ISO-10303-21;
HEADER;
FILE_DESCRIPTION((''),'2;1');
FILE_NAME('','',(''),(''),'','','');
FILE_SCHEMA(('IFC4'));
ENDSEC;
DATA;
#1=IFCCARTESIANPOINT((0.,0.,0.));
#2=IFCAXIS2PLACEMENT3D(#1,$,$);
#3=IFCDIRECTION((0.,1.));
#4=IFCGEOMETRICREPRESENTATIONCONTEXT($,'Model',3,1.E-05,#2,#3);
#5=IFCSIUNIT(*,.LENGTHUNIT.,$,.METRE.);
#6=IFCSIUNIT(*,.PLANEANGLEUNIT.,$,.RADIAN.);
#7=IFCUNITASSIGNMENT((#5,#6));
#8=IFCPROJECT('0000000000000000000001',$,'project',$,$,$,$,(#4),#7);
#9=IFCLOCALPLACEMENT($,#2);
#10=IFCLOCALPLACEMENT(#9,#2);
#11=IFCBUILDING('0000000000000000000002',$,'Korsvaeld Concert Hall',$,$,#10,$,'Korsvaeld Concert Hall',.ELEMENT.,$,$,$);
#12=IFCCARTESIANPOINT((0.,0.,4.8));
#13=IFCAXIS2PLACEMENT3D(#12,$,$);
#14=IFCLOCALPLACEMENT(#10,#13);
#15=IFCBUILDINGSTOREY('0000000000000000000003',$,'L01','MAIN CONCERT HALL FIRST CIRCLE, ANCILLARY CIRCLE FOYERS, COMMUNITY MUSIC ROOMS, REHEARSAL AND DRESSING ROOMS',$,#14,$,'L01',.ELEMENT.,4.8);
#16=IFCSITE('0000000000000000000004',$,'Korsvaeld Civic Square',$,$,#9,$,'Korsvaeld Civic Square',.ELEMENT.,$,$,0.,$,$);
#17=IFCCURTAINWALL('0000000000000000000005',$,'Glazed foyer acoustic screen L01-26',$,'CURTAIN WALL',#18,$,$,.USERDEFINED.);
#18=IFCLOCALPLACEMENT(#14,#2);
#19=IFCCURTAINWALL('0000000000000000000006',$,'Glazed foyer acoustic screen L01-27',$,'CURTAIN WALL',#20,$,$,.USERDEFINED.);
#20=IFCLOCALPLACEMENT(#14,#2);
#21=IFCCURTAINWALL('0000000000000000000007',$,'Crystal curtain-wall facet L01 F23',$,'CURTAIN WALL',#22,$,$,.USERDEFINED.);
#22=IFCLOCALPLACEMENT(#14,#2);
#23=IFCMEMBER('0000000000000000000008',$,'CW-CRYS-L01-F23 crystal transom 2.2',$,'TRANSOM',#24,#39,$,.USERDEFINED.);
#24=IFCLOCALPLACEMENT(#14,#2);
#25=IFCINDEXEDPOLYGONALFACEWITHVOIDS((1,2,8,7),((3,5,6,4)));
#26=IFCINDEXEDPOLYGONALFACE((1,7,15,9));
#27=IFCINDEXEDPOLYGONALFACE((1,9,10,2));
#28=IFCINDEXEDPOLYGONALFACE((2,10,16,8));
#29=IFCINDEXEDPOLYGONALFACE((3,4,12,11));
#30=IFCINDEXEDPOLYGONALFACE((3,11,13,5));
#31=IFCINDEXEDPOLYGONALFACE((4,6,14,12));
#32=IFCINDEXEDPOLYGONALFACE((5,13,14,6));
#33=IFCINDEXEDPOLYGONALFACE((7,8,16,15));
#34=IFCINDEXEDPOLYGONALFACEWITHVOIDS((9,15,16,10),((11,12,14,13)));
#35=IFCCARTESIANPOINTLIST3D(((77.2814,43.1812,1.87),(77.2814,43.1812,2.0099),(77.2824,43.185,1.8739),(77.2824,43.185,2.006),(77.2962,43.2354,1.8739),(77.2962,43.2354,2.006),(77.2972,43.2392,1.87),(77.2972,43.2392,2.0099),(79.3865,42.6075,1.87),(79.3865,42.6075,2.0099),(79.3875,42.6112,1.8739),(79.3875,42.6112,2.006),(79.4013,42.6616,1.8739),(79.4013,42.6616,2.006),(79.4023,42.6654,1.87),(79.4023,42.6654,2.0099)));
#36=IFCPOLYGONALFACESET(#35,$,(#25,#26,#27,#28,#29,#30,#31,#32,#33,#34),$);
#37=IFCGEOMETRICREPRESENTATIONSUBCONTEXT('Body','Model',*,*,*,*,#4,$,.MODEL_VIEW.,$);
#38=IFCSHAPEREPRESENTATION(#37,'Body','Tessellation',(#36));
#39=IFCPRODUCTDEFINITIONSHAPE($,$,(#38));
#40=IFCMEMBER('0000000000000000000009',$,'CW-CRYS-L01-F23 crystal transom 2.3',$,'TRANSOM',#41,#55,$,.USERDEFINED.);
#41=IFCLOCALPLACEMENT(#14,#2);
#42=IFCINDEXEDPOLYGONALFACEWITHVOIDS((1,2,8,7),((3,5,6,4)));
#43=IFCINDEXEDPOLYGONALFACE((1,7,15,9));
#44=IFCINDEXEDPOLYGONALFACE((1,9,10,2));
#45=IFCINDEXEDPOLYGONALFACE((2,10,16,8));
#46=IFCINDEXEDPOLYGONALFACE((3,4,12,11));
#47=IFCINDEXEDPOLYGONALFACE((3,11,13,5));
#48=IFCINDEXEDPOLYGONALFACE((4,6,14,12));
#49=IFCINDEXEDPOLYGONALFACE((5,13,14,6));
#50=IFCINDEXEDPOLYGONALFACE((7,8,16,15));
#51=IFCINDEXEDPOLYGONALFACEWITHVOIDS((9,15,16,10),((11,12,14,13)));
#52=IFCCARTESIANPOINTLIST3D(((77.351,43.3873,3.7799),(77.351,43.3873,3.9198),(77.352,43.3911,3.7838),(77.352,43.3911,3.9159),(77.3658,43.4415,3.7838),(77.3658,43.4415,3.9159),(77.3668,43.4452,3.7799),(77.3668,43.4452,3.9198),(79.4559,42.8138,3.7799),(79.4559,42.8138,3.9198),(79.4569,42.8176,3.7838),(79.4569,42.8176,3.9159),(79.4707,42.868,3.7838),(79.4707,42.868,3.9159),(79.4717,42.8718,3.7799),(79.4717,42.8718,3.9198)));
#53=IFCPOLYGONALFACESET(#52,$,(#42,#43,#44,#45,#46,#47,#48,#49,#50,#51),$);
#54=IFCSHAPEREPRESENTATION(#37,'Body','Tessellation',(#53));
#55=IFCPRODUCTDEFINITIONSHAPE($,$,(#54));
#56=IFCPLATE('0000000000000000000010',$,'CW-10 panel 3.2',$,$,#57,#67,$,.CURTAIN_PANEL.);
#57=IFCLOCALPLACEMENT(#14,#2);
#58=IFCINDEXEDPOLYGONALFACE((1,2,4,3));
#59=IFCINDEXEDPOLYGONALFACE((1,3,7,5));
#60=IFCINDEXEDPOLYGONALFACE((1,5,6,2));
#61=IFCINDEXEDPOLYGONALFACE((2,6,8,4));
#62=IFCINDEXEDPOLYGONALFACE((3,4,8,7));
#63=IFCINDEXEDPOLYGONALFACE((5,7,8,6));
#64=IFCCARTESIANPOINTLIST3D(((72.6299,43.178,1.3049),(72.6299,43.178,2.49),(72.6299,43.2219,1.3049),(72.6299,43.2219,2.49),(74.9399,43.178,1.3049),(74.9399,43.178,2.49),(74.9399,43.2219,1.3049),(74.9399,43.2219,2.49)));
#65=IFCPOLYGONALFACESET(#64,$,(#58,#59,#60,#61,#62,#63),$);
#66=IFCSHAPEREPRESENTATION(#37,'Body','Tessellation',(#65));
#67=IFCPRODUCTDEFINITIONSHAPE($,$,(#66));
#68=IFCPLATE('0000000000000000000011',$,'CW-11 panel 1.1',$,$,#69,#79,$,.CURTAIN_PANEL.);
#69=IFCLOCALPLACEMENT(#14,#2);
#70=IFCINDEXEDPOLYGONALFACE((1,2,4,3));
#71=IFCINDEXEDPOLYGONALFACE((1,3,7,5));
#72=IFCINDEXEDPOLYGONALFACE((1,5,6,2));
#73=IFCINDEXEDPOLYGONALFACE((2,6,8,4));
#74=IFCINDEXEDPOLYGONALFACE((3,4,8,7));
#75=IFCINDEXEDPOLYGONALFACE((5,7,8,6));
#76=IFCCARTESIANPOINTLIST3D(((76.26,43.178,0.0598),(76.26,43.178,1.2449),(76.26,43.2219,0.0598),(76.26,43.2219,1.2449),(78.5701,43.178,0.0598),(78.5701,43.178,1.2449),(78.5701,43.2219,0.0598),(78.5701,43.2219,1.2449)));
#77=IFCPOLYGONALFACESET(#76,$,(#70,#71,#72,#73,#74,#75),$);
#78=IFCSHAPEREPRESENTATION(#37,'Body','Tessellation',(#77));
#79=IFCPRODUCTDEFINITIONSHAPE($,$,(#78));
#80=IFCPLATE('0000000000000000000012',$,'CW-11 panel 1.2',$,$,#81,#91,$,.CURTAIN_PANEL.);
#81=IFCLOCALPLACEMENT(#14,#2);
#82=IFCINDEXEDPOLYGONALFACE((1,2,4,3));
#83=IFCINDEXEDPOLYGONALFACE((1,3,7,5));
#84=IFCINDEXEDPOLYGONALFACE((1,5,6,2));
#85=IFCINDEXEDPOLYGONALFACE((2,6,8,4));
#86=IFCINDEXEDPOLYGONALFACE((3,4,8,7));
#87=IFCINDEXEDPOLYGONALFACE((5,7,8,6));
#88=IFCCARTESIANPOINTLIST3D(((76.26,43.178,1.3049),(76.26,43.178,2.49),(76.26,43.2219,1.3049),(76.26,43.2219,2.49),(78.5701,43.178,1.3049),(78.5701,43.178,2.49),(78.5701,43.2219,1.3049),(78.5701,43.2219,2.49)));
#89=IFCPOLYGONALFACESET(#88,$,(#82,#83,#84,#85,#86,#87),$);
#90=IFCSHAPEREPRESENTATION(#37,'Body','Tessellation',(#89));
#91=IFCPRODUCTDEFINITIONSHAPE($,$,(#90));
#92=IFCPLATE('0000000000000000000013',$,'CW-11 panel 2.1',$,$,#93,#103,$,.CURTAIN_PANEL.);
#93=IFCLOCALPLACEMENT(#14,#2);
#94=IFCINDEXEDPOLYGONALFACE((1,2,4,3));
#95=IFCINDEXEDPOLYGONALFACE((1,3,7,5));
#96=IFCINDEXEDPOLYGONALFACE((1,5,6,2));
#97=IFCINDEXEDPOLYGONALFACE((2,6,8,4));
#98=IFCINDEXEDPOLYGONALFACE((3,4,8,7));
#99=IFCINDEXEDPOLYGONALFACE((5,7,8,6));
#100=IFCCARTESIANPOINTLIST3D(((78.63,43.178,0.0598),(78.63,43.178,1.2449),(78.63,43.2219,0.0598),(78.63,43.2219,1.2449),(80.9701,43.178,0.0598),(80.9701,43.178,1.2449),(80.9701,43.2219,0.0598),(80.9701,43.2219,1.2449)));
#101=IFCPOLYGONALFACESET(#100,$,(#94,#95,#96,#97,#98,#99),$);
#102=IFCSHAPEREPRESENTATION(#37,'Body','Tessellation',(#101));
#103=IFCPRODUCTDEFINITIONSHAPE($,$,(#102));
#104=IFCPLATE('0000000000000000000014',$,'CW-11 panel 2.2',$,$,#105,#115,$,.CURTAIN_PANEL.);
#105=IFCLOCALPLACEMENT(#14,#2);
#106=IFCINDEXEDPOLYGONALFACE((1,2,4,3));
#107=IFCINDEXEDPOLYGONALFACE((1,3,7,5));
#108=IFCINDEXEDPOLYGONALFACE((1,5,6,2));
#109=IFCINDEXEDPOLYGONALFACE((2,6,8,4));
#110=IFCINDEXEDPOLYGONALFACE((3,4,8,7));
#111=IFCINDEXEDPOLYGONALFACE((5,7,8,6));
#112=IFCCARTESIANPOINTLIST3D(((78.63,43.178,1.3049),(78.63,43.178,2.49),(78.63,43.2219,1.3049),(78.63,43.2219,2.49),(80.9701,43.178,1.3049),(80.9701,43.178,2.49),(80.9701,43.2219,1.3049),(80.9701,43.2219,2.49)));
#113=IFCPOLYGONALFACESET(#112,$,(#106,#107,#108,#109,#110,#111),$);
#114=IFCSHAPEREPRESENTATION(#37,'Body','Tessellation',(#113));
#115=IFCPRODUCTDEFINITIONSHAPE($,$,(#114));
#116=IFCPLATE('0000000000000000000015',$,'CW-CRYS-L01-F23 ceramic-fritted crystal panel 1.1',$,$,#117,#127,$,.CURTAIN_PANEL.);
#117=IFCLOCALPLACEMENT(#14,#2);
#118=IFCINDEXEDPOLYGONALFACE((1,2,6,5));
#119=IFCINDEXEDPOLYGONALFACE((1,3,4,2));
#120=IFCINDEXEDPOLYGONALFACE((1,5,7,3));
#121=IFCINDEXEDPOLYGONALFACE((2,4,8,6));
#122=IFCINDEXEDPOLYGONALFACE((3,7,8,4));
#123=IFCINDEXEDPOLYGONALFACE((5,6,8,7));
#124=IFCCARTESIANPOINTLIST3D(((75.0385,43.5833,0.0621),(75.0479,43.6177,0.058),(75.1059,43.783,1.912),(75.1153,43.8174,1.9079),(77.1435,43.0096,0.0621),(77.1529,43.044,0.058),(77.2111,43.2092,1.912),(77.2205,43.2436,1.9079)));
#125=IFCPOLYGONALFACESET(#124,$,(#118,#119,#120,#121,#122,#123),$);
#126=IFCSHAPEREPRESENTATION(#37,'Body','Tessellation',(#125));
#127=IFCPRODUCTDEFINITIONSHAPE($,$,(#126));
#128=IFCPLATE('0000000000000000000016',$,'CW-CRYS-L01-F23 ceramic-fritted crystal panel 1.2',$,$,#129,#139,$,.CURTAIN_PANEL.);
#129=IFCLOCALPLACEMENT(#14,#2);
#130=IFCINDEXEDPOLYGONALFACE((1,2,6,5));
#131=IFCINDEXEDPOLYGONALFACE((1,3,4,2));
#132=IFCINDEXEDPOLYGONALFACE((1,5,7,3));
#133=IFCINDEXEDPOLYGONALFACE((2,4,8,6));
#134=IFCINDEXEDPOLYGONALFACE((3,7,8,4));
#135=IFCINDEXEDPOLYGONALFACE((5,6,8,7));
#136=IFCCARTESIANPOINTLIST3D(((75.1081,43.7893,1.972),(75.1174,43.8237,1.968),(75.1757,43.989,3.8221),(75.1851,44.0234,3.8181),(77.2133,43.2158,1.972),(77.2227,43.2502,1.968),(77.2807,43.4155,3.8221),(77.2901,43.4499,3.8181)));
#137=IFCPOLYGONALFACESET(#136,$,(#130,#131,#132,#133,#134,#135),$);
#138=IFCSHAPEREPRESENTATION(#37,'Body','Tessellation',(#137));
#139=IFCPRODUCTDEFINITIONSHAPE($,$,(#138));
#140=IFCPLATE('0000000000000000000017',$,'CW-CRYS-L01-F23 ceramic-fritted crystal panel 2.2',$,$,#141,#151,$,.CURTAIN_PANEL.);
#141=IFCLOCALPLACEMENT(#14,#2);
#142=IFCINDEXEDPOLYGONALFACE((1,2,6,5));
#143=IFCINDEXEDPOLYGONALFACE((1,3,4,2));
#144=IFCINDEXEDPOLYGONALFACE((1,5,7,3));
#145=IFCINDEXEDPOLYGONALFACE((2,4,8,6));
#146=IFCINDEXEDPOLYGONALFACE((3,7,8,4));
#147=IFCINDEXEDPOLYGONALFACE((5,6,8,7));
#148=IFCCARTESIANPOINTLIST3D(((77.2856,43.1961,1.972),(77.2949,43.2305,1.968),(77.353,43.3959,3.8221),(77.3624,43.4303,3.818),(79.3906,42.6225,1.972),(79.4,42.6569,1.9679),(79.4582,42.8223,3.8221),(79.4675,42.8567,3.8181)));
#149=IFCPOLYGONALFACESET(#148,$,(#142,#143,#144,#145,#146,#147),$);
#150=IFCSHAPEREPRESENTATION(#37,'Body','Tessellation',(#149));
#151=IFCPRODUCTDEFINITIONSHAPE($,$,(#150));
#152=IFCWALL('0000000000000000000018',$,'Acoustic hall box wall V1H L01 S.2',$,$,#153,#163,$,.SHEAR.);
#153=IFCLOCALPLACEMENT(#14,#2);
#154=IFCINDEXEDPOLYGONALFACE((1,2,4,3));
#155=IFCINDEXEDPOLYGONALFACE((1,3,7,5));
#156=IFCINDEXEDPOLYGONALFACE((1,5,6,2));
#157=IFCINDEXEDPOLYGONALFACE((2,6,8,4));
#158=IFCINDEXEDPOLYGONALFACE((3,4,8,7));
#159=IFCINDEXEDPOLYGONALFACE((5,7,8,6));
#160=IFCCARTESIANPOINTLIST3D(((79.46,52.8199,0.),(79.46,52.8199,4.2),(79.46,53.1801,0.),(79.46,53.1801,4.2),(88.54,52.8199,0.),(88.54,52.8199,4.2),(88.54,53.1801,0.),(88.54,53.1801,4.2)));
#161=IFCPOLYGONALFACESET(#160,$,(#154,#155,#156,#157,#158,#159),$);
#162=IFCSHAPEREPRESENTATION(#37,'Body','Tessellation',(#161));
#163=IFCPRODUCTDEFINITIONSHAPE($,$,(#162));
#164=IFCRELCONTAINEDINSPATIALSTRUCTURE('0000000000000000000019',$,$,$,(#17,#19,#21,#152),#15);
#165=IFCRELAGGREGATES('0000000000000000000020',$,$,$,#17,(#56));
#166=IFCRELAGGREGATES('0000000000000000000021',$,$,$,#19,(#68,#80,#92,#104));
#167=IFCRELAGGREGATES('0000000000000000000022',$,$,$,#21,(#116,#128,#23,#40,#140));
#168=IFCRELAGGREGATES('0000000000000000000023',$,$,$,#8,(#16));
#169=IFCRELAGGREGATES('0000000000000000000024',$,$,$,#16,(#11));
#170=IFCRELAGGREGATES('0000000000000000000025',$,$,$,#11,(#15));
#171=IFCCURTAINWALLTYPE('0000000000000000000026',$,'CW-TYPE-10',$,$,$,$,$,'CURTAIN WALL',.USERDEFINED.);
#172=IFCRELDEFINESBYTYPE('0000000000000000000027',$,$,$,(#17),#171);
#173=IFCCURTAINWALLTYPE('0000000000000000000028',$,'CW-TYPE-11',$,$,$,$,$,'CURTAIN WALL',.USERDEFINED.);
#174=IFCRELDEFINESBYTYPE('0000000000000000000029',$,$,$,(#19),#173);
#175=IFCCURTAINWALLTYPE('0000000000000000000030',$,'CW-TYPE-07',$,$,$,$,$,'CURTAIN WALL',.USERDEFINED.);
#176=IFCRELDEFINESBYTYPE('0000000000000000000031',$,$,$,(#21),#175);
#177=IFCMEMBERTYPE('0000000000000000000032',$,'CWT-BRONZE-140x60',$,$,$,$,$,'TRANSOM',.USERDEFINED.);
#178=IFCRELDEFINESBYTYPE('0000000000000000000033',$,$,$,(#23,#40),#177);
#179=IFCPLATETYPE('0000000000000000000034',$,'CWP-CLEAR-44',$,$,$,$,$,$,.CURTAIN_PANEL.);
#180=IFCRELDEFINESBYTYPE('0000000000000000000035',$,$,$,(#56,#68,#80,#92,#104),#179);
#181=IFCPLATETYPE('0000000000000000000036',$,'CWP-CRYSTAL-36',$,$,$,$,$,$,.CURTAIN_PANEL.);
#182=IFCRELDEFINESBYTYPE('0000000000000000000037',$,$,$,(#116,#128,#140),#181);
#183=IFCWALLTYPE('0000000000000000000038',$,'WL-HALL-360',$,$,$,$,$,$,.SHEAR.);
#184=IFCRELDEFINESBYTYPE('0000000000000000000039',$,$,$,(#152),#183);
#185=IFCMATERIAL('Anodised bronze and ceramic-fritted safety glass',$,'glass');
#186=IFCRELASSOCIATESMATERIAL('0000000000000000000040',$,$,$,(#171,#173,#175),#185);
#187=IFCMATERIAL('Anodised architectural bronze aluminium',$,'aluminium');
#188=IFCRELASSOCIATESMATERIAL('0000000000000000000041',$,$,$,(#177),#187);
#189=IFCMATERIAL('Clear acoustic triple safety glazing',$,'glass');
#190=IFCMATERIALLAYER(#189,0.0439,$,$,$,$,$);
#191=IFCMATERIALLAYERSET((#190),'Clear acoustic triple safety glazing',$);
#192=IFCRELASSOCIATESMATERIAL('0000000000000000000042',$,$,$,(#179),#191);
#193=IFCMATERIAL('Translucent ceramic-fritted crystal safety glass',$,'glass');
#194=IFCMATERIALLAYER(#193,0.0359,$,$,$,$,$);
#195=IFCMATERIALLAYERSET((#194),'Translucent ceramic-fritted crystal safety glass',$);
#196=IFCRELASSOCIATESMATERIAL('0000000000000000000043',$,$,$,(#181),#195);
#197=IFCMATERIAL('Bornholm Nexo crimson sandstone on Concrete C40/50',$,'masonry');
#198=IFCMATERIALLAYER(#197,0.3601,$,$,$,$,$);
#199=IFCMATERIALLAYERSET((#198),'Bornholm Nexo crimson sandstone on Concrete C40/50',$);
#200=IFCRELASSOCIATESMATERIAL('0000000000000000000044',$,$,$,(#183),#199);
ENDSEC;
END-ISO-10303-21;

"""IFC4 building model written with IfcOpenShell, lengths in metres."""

from ifc_helpers import new_model, si_unit, direction, frame, frame_2d, origin, origin_2d, place, context, subcontext, project, spatial, polyline, rectangle, hollow_rectangle, outline, extrude, material, layer, layer_set, material_profile, profile_set, type_object, element, aggregate, save


model = new_model("IFC4")

# Units and contexts
model_context = context("Model", 3, precision=1e-05, world=origin(), true_north=direction((0.0, 1.0)))
body_context = subcontext(model_context, "Body", "Model", "MODEL_VIEW")
ifc_project = project(units=[si_unit("LENGTHUNIT", "METRE"), si_unit("PLANEANGLEUNIT", "RADIAN")], contexts=[model_context])

# Site, building, storey
site_placement = place(None, origin())
site = spatial("IfcSite", under=ifc_project, at=site_placement, Name="Korsvaeld Civic Square", LongName="Korsvaeld Civic Square", CompositionType="ELEMENT", RefElevation=0.0)
building_placement = place(site_placement, origin())
building = spatial("IfcBuilding", under=site, at=building_placement, Name="Korsvaeld Concert Hall", LongName="Korsvaeld Concert Hall", CompositionType="ELEMENT")
storey_placement = place(building_placement, frame((0.0, 0.0, 4.8)))
storey = spatial("IfcBuildingStorey", under=building, at=storey_placement, Name="L01", Description="MAIN CONCERT HALL FIRST CIRCLE, ANCILLARY CIRCLE FOYERS, COMMUNITY MUSIC ROOMS, REHEARSAL AND DRESSING ROOMS", LongName="L01", CompositionType="ELEMENT", Elevation=4.8)

# Curtain wall
ifc_material_1 = material(Name="Anodised bronze and ceramic-fritted safety glass", Category="glass")
curtain_wall_type_1 = type_object("IfcCurtainWallType", Name="CW-TYPE-10", ElementType="CURTAIN WALL", PredefinedType="USERDEFINED", material=ifc_material_1)
curtain_wall_1_placement = place(storey_placement, origin())
curtain_wall_1 = element("IfcCurtainWall", 1, at=curtain_wall_1_placement, inside=storey, type_object=curtain_wall_type_1, Name="Glazed foyer acoustic screen L01-26", ObjectType="CURTAIN WALL", PredefinedType="USERDEFINED")
ifc_material_2 = material(Name="Anodised architectural bronze aluminium", Category="aluminium")

# Curtain wall
curtain_wall_type_2 = type_object("IfcCurtainWallType", Name="CW-TYPE-11", ElementType="CURTAIN WALL", PredefinedType="USERDEFINED", material=ifc_material_1)
curtain_wall_2_placement = place(storey_placement, origin())
curtain_wall_2 = element("IfcCurtainWall", 2, at=curtain_wall_2_placement, inside=storey, type_object=curtain_wall_type_2, Name="Glazed foyer acoustic screen L01-27", ObjectType="CURTAIN WALL", PredefinedType="USERDEFINED")

# Curtain wall
curtain_wall_type_3 = type_object("IfcCurtainWallType", Name="CW-TYPE-07", ElementType="CURTAIN WALL", PredefinedType="USERDEFINED", material=ifc_material_1)
curtain_wall_3_placement = place(storey_placement, origin())
curtain_wall_3 = element("IfcCurtainWall", 3, at=curtain_wall_3_placement, inside=storey, type_object=curtain_wall_type_3, Name="Crystal curtain-wall facet L01 F23", ObjectType="CURTAIN WALL", PredefinedType="USERDEFINED")

# Members
ifc_material_profile_1 = material_profile(ifc_material_2, hollow_rectangle(XDim=0.0601, YDim=0.1399, WallThickness=0.0039, at=origin_2d()), Name="CWT 140x60x4")
ifc_profile_set_1 = profile_set([ifc_material_profile_1], Name="Anodised architectural bronze aluminium")
member_type_1 = type_object("IfcMemberType", Name="CWT-BRONZE-140x60", ElementType="TRANSOM", PredefinedType="USERDEFINED", material=ifc_profile_set_1)
member_1_placement = place(storey_placement, frame((77.2893, 43.2102, 1.9399), z_axis=(0.964805, -0.262966, 0.0), x_axis=(0.262966, 0.964805, 0.0)))
member_1 = element("IfcMember", 4, at=member_1_placement, type_object=member_type_1, Name="CW-CRYS-L01-F23 crystal transom 2.2", ObjectType="TRANSOM", PredefinedType="USERDEFINED", context=body_context, shape_type="SweptSolid", body=[
    extrude(hollow_rectangle(XDim=0.0601, YDim=0.1399, WallThickness=0.0039, at=origin_2d()), origin(), (0.0, 0.0, 1.0), 2.1819),
])
member_2_placement = place(storey_placement, frame((77.3589, 43.4163, 3.8499), z_axis=(0.964834, -0.262862, 0.0), x_axis=(0.262862, 0.964834, 0.0)))
member_2 = element("IfcMember", 5, at=member_2_placement, type_object=member_type_1, Name="CW-CRYS-L01-F23 crystal transom 2.3", ObjectType="TRANSOM", PredefinedType="USERDEFINED", context=body_context, shape_type="SweptSolid", body=[
    extrude(hollow_rectangle(XDim=0.0601, YDim=0.1399, WallThickness=0.0039, at=origin_2d()), origin(), (0.0, 0.0, 1.0), 2.1816),
])

# Plates
ifc_material_3 = material(Name="Clear acoustic triple safety glazing", Category="glass")
ifc_layer_1 = layer(ifc_material_3, 0.0439)
ifc_layer_set_1 = layer_set([ifc_layer_1], Name="Clear acoustic triple safety glazing")
plate_type_1 = type_object("IfcPlateType", Name="CWP-CLEAR-44", PredefinedType="CURTAIN_PANEL", material=ifc_layer_set_1)
plate_1_placement = place(storey_placement, frame((73.7849, 43.2, 1.3049), z_axis=(0.0, 0.0, 1.0), x_axis=(1.0, 0.0, 0.0)))
plate_1 = element("IfcPlate", 6, at=plate_1_placement, type_object=plate_type_1, Name="CW-10 panel 3.2", PredefinedType="CURTAIN_PANEL", context=body_context, shape_type="SweptSolid", body=[
    extrude(rectangle(XDim=2.3101, YDim=0.0439, at=origin_2d()), origin(), (0.0, 0.0, 1.0), 1.1851),
])
aggregate(curtain_wall_1, [plate_1])
plate_2_placement = place(storey_placement, frame((77.415, 43.2, 0.0598), z_axis=(0.0, 0.0, 1.0), x_axis=(1.0, 0.0, 0.0)))
plate_2 = element("IfcPlate", 7, at=plate_2_placement, type_object=plate_type_1, Name="CW-11 panel 1.1", PredefinedType="CURTAIN_PANEL", context=body_context, shape_type="SweptSolid", body=[
    extrude(rectangle(XDim=2.3101, YDim=0.0439, at=origin_2d()), origin(), (0.0, 0.0, 1.0), 1.1851),
])
plate_3_placement = place(storey_placement, frame((77.415, 43.2, 1.3049), z_axis=(0.0, 0.0, 1.0), x_axis=(1.0, 0.0, 0.0)))
plate_3 = element("IfcPlate", 8, at=plate_3_placement, type_object=plate_type_1, Name="CW-11 panel 1.2", PredefinedType="CURTAIN_PANEL", context=body_context, shape_type="SweptSolid", body=[
    extrude(rectangle(XDim=2.3101, YDim=0.0439, at=origin_2d()), origin(), (0.0, 0.0, 1.0), 1.1851),
])
plate_4_placement = place(storey_placement, frame((79.8, 43.2, 0.0598), z_axis=(0.0, 0.0, 1.0), x_axis=(1.0, 0.0, 0.0)))
plate_4 = element("IfcPlate", 9, at=plate_4_placement, type_object=plate_type_1, Name="CW-11 panel 2.1", PredefinedType="CURTAIN_PANEL", context=body_context, shape_type="SweptSolid", body=[
    extrude(rectangle(XDim=2.3401, YDim=0.0439, at=origin_2d()), origin(), (0.0, 0.0, 1.0), 1.1851),
])
plate_5_placement = place(storey_placement, frame((79.8, 43.2, 1.3049), z_axis=(0.0, 0.0, 1.0), x_axis=(1.0, 0.0, 0.0)))
plate_5 = element("IfcPlate", 10, at=plate_5_placement, type_object=plate_type_1, Name="CW-11 panel 2.2", PredefinedType="CURTAIN_PANEL", context=body_context, shape_type="SweptSolid", body=[
    extrude(rectangle(XDim=2.3401, YDim=0.0439, at=origin_2d()), origin(), (0.0, 0.0, 1.0), 1.1851),
])
aggregate(curtain_wall_2, [plate_2, plate_3, plate_4, plate_5])
ifc_material_4 = material(Name="Translucent ceramic-fritted crystal safety glass", Category="glass")
ifc_layer_2 = layer(ifc_material_4, 0.0359)
ifc_layer_set_2 = layer_set([ifc_layer_2], Name="Translucent ceramic-fritted crystal safety glass")
plate_type_2 = type_object("IfcPlateType", Name="CWP-CRYSTAL-36", PredefinedType="CURTAIN_PANEL", material=ifc_layer_set_2)
plate_6_placement = place(storey_placement, frame((75.0432, 43.6006, 0.0601), z_axis=(-0.261267, -0.958627, 0.113026), x_axis=(0.964809, -0.262952, -0.000002)))
plate_6 = element("IfcPlate", 11, at=plate_6_placement, type_object=plate_type_2, Name="CW-CRYS-L01-F23 ceramic-fritted crystal panel 1.1", PredefinedType="CURTAIN_PANEL", context=body_context, shape_type="SweptSolid", body=[
    extrude(outline(polyline([(0.0, 0.0), (2.1818, 0.0), (2.1945, 1.8618), (0.0125, 1.8618), (0.0, 0.0)])), frame((0.0, 0.0, 0.0181)), (0.0, 0.0, -1.0), 0.0359),
])
plate_7_placement = place(storey_placement, frame((75.1128, 43.8066, 1.97), z_axis=(-0.261164, -0.958656, 0.11301), x_axis=(0.964837, -0.262847, 0.000002)))
plate_7 = element("IfcPlate", 12, at=plate_7_placement, type_object=plate_type_2, Name="CW-CRYS-L01-F23 ceramic-fritted crystal panel 1.2", PredefinedType="CURTAIN_PANEL", context=body_context, shape_type="SweptSolid", body=[
    extrude(outline(polyline([(0.0, 0.0), (2.1819, 0.0), (2.1945, 1.862), (0.0128, 1.862), (0.0, 0.0)])), frame((0.0, 0.0, 0.0181)), (0.0, 0.0, -1.0), 0.0359),
])
plate_8_placement = place(storey_placement, frame((77.2903, 43.2134, 1.97), z_axis=(-0.261214, -0.958635, 0.113073), x_axis=(0.964823, -0.2629, -0.000008)))
plate_8 = element("IfcPlate", 13, at=plate_8_placement, type_object=plate_type_2, Name="CW-CRYS-L01-F23 ceramic-fritted crystal panel 2.2", PredefinedType="CURTAIN_PANEL", context=body_context, shape_type="SweptSolid", body=[
    extrude(outline(polyline([(0.0, 0.0), (2.1818, 0.0), (2.1944, 1.8621), (0.0125, 1.862), (0.0, 0.0)])), frame((0.0, 0.0, 0.0181)), (0.0, 0.0, -1.0), 0.0359),
])
aggregate(curtain_wall_3, [plate_6, plate_7, member_1, member_2, plate_8])

# Wall
ifc_material_5 = material(Name="Bornholm Nexo crimson sandstone on Concrete C40/50", Category="masonry")
ifc_layer_3 = layer(ifc_material_5, 0.3601)
ifc_layer_set_3 = layer_set([ifc_layer_3], Name="Bornholm Nexo crimson sandstone on Concrete C40/50")
wall_type = type_object("IfcWallType", Name="WL-HALL-360", PredefinedType="SHEAR", material=ifc_layer_set_3)
wall_placement = place(storey_placement, frame((79.46, 53.0, 0.0), z_axis=(0.0, 0.0, 1.0), x_axis=(1.0, 0.0, 0.0)))
element("IfcWall", 14, at=wall_placement, inside=storey, type_object=wall_type, Name="Acoustic hall box wall V1H L01 S.2", PredefinedType="SHEAR", context=body_context, shape_type="SweptSolid", body=[
    extrude(rectangle(XDim=9.0801, YDim=0.3601, at=frame_2d((4.54, 0.0))), origin(), (0.0, 0.0, 1.0), 4.2),
])

save(model, "model.ifc")
